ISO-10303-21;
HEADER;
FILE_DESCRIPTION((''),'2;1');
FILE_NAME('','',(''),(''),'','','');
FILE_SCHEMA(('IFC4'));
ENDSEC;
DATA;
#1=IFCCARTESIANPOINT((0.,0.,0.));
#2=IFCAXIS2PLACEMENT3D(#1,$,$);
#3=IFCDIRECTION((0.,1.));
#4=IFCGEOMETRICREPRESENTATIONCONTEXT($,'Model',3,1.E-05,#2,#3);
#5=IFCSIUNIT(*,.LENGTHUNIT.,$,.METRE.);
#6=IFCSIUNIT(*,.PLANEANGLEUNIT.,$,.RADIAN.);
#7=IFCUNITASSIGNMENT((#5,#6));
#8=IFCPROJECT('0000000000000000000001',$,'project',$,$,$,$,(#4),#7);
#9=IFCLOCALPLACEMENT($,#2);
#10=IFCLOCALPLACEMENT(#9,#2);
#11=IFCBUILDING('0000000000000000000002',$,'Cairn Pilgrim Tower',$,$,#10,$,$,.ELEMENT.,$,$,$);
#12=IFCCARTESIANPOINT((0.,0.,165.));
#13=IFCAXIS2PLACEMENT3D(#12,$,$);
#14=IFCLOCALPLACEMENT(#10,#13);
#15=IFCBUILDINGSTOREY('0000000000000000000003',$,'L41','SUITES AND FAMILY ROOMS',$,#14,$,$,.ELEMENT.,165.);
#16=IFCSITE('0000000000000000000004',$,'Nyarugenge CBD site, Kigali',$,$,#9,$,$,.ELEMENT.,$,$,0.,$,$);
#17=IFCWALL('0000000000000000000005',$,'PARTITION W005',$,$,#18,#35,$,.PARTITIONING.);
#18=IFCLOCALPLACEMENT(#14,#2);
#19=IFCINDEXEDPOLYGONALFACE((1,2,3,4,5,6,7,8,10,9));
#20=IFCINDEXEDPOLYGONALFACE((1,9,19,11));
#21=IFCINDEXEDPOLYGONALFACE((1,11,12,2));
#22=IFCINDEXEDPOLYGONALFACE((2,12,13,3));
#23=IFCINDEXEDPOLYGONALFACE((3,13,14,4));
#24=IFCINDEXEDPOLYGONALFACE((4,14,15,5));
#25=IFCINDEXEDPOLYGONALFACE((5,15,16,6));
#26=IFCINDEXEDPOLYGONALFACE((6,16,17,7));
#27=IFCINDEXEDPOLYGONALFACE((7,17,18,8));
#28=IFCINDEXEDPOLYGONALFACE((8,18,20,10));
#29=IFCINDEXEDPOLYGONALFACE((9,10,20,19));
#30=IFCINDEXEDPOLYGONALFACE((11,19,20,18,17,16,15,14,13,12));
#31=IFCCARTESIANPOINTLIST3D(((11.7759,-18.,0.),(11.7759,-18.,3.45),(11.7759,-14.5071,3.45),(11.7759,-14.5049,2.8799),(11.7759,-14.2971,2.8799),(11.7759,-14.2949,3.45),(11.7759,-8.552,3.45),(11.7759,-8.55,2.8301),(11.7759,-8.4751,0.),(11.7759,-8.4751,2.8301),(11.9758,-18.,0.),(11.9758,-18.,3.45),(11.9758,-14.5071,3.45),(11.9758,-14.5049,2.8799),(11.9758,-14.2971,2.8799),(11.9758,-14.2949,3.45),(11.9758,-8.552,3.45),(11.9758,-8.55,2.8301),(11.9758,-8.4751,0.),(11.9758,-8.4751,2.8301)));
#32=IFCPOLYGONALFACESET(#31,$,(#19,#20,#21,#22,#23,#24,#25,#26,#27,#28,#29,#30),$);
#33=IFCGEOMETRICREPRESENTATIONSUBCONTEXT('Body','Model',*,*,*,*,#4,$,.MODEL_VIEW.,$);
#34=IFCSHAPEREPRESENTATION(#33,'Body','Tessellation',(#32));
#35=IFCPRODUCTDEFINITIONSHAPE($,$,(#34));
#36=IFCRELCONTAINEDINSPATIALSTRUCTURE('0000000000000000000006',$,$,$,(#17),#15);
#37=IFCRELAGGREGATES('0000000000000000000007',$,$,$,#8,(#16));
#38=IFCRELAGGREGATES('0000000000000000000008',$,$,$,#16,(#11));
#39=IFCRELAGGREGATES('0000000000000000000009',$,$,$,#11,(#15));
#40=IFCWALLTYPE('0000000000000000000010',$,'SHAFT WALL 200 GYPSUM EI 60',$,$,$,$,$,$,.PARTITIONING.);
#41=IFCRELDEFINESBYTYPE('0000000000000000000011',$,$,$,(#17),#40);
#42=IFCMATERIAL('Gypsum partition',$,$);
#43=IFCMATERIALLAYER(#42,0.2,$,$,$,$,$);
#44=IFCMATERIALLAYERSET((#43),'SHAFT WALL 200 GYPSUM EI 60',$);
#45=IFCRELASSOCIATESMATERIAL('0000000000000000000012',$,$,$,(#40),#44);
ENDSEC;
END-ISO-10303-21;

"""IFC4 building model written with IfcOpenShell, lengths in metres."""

from ifc_helpers import new_model, si_unit, direction, frame, origin, place, context, subcontext, project, spatial, polyline, outline, extrude, material, layer, layer_set, type_object, element, save


model = new_model("IFC4")

# Units and contexts
model_context = context("Model", 3, precision=1e-05, world=origin(), true_north=direction((0.0, 1.0)))
body_context = subcontext(model_context, "Body", "Model", "MODEL_VIEW")
ifc_project = project(units=[si_unit("LENGTHUNIT", "METRE"), si_unit("PLANEANGLEUNIT", "RADIAN")], contexts=[model_context])

# Site, building, storey
site_placement = place(None, origin())
site = spatial("IfcSite", under=ifc_project, at=site_placement, Name="Nyarugenge CBD site, Kigali", CompositionType="ELEMENT", RefElevation=0.0)
building_placement = place(site_placement, origin())
building = spatial("IfcBuilding", under=site, at=building_placement, Name="Cairn Pilgrim Tower", CompositionType="ELEMENT")
storey_placement = place(building_placement, frame((0.0, 0.0, 165.0)))
storey = spatial("IfcBuildingStorey", under=building, at=storey_placement, Name="L41", Description="SUITES AND FAMILY ROOMS", CompositionType="ELEMENT", Elevation=165.0)

# Shared definitions
ifc_material_1 = material(Name="Gypsum partition")

# Wall
ifc_layer_1 = layer(ifc_material_1, 0.2)
ifc_layer_set_1 = layer_set([ifc_layer_1], Name="SHAFT WALL 200 GYPSUM EI 60")
wall_type_1 = type_object("IfcWallType", Name="SHAFT WALL 200 GYPSUM EI 60", PredefinedType="PARTITIONING", material=ifc_layer_set_1)
wall_1_placement = place(storey_placement, frame((11.876, -18.0, 0.0), z_axis=(0.0, 0.0, 1.0), x_axis=(0.0, 1.0, 0.0)))
element("IfcWall", 1, at=wall_1_placement, inside=storey, type_object=wall_type_1, Name="PARTITION W005", PredefinedType="PARTITIONING", context=body_context, shape_type="SweptSolid", body=[
    extrude(outline(polyline([(0.0, 0.0), (9.5249, 0.0), (9.5249, 2.8301), (9.45, 2.8301), (9.448, 3.45), (3.7051, 3.45), (3.7029, 2.8799), (3.4951, 2.8799), (3.4929, 3.45), (0.0, 3.45), (0.0, 0.0)])), frame((0.0, 0.1001, 0.0), z_axis=(0.0, -1.0, 0.0), x_axis=(1.0, 0.0, 0.0)), (0.0, 0.0, 1.0), 0.2),
])

save(model, "model.ifc")
